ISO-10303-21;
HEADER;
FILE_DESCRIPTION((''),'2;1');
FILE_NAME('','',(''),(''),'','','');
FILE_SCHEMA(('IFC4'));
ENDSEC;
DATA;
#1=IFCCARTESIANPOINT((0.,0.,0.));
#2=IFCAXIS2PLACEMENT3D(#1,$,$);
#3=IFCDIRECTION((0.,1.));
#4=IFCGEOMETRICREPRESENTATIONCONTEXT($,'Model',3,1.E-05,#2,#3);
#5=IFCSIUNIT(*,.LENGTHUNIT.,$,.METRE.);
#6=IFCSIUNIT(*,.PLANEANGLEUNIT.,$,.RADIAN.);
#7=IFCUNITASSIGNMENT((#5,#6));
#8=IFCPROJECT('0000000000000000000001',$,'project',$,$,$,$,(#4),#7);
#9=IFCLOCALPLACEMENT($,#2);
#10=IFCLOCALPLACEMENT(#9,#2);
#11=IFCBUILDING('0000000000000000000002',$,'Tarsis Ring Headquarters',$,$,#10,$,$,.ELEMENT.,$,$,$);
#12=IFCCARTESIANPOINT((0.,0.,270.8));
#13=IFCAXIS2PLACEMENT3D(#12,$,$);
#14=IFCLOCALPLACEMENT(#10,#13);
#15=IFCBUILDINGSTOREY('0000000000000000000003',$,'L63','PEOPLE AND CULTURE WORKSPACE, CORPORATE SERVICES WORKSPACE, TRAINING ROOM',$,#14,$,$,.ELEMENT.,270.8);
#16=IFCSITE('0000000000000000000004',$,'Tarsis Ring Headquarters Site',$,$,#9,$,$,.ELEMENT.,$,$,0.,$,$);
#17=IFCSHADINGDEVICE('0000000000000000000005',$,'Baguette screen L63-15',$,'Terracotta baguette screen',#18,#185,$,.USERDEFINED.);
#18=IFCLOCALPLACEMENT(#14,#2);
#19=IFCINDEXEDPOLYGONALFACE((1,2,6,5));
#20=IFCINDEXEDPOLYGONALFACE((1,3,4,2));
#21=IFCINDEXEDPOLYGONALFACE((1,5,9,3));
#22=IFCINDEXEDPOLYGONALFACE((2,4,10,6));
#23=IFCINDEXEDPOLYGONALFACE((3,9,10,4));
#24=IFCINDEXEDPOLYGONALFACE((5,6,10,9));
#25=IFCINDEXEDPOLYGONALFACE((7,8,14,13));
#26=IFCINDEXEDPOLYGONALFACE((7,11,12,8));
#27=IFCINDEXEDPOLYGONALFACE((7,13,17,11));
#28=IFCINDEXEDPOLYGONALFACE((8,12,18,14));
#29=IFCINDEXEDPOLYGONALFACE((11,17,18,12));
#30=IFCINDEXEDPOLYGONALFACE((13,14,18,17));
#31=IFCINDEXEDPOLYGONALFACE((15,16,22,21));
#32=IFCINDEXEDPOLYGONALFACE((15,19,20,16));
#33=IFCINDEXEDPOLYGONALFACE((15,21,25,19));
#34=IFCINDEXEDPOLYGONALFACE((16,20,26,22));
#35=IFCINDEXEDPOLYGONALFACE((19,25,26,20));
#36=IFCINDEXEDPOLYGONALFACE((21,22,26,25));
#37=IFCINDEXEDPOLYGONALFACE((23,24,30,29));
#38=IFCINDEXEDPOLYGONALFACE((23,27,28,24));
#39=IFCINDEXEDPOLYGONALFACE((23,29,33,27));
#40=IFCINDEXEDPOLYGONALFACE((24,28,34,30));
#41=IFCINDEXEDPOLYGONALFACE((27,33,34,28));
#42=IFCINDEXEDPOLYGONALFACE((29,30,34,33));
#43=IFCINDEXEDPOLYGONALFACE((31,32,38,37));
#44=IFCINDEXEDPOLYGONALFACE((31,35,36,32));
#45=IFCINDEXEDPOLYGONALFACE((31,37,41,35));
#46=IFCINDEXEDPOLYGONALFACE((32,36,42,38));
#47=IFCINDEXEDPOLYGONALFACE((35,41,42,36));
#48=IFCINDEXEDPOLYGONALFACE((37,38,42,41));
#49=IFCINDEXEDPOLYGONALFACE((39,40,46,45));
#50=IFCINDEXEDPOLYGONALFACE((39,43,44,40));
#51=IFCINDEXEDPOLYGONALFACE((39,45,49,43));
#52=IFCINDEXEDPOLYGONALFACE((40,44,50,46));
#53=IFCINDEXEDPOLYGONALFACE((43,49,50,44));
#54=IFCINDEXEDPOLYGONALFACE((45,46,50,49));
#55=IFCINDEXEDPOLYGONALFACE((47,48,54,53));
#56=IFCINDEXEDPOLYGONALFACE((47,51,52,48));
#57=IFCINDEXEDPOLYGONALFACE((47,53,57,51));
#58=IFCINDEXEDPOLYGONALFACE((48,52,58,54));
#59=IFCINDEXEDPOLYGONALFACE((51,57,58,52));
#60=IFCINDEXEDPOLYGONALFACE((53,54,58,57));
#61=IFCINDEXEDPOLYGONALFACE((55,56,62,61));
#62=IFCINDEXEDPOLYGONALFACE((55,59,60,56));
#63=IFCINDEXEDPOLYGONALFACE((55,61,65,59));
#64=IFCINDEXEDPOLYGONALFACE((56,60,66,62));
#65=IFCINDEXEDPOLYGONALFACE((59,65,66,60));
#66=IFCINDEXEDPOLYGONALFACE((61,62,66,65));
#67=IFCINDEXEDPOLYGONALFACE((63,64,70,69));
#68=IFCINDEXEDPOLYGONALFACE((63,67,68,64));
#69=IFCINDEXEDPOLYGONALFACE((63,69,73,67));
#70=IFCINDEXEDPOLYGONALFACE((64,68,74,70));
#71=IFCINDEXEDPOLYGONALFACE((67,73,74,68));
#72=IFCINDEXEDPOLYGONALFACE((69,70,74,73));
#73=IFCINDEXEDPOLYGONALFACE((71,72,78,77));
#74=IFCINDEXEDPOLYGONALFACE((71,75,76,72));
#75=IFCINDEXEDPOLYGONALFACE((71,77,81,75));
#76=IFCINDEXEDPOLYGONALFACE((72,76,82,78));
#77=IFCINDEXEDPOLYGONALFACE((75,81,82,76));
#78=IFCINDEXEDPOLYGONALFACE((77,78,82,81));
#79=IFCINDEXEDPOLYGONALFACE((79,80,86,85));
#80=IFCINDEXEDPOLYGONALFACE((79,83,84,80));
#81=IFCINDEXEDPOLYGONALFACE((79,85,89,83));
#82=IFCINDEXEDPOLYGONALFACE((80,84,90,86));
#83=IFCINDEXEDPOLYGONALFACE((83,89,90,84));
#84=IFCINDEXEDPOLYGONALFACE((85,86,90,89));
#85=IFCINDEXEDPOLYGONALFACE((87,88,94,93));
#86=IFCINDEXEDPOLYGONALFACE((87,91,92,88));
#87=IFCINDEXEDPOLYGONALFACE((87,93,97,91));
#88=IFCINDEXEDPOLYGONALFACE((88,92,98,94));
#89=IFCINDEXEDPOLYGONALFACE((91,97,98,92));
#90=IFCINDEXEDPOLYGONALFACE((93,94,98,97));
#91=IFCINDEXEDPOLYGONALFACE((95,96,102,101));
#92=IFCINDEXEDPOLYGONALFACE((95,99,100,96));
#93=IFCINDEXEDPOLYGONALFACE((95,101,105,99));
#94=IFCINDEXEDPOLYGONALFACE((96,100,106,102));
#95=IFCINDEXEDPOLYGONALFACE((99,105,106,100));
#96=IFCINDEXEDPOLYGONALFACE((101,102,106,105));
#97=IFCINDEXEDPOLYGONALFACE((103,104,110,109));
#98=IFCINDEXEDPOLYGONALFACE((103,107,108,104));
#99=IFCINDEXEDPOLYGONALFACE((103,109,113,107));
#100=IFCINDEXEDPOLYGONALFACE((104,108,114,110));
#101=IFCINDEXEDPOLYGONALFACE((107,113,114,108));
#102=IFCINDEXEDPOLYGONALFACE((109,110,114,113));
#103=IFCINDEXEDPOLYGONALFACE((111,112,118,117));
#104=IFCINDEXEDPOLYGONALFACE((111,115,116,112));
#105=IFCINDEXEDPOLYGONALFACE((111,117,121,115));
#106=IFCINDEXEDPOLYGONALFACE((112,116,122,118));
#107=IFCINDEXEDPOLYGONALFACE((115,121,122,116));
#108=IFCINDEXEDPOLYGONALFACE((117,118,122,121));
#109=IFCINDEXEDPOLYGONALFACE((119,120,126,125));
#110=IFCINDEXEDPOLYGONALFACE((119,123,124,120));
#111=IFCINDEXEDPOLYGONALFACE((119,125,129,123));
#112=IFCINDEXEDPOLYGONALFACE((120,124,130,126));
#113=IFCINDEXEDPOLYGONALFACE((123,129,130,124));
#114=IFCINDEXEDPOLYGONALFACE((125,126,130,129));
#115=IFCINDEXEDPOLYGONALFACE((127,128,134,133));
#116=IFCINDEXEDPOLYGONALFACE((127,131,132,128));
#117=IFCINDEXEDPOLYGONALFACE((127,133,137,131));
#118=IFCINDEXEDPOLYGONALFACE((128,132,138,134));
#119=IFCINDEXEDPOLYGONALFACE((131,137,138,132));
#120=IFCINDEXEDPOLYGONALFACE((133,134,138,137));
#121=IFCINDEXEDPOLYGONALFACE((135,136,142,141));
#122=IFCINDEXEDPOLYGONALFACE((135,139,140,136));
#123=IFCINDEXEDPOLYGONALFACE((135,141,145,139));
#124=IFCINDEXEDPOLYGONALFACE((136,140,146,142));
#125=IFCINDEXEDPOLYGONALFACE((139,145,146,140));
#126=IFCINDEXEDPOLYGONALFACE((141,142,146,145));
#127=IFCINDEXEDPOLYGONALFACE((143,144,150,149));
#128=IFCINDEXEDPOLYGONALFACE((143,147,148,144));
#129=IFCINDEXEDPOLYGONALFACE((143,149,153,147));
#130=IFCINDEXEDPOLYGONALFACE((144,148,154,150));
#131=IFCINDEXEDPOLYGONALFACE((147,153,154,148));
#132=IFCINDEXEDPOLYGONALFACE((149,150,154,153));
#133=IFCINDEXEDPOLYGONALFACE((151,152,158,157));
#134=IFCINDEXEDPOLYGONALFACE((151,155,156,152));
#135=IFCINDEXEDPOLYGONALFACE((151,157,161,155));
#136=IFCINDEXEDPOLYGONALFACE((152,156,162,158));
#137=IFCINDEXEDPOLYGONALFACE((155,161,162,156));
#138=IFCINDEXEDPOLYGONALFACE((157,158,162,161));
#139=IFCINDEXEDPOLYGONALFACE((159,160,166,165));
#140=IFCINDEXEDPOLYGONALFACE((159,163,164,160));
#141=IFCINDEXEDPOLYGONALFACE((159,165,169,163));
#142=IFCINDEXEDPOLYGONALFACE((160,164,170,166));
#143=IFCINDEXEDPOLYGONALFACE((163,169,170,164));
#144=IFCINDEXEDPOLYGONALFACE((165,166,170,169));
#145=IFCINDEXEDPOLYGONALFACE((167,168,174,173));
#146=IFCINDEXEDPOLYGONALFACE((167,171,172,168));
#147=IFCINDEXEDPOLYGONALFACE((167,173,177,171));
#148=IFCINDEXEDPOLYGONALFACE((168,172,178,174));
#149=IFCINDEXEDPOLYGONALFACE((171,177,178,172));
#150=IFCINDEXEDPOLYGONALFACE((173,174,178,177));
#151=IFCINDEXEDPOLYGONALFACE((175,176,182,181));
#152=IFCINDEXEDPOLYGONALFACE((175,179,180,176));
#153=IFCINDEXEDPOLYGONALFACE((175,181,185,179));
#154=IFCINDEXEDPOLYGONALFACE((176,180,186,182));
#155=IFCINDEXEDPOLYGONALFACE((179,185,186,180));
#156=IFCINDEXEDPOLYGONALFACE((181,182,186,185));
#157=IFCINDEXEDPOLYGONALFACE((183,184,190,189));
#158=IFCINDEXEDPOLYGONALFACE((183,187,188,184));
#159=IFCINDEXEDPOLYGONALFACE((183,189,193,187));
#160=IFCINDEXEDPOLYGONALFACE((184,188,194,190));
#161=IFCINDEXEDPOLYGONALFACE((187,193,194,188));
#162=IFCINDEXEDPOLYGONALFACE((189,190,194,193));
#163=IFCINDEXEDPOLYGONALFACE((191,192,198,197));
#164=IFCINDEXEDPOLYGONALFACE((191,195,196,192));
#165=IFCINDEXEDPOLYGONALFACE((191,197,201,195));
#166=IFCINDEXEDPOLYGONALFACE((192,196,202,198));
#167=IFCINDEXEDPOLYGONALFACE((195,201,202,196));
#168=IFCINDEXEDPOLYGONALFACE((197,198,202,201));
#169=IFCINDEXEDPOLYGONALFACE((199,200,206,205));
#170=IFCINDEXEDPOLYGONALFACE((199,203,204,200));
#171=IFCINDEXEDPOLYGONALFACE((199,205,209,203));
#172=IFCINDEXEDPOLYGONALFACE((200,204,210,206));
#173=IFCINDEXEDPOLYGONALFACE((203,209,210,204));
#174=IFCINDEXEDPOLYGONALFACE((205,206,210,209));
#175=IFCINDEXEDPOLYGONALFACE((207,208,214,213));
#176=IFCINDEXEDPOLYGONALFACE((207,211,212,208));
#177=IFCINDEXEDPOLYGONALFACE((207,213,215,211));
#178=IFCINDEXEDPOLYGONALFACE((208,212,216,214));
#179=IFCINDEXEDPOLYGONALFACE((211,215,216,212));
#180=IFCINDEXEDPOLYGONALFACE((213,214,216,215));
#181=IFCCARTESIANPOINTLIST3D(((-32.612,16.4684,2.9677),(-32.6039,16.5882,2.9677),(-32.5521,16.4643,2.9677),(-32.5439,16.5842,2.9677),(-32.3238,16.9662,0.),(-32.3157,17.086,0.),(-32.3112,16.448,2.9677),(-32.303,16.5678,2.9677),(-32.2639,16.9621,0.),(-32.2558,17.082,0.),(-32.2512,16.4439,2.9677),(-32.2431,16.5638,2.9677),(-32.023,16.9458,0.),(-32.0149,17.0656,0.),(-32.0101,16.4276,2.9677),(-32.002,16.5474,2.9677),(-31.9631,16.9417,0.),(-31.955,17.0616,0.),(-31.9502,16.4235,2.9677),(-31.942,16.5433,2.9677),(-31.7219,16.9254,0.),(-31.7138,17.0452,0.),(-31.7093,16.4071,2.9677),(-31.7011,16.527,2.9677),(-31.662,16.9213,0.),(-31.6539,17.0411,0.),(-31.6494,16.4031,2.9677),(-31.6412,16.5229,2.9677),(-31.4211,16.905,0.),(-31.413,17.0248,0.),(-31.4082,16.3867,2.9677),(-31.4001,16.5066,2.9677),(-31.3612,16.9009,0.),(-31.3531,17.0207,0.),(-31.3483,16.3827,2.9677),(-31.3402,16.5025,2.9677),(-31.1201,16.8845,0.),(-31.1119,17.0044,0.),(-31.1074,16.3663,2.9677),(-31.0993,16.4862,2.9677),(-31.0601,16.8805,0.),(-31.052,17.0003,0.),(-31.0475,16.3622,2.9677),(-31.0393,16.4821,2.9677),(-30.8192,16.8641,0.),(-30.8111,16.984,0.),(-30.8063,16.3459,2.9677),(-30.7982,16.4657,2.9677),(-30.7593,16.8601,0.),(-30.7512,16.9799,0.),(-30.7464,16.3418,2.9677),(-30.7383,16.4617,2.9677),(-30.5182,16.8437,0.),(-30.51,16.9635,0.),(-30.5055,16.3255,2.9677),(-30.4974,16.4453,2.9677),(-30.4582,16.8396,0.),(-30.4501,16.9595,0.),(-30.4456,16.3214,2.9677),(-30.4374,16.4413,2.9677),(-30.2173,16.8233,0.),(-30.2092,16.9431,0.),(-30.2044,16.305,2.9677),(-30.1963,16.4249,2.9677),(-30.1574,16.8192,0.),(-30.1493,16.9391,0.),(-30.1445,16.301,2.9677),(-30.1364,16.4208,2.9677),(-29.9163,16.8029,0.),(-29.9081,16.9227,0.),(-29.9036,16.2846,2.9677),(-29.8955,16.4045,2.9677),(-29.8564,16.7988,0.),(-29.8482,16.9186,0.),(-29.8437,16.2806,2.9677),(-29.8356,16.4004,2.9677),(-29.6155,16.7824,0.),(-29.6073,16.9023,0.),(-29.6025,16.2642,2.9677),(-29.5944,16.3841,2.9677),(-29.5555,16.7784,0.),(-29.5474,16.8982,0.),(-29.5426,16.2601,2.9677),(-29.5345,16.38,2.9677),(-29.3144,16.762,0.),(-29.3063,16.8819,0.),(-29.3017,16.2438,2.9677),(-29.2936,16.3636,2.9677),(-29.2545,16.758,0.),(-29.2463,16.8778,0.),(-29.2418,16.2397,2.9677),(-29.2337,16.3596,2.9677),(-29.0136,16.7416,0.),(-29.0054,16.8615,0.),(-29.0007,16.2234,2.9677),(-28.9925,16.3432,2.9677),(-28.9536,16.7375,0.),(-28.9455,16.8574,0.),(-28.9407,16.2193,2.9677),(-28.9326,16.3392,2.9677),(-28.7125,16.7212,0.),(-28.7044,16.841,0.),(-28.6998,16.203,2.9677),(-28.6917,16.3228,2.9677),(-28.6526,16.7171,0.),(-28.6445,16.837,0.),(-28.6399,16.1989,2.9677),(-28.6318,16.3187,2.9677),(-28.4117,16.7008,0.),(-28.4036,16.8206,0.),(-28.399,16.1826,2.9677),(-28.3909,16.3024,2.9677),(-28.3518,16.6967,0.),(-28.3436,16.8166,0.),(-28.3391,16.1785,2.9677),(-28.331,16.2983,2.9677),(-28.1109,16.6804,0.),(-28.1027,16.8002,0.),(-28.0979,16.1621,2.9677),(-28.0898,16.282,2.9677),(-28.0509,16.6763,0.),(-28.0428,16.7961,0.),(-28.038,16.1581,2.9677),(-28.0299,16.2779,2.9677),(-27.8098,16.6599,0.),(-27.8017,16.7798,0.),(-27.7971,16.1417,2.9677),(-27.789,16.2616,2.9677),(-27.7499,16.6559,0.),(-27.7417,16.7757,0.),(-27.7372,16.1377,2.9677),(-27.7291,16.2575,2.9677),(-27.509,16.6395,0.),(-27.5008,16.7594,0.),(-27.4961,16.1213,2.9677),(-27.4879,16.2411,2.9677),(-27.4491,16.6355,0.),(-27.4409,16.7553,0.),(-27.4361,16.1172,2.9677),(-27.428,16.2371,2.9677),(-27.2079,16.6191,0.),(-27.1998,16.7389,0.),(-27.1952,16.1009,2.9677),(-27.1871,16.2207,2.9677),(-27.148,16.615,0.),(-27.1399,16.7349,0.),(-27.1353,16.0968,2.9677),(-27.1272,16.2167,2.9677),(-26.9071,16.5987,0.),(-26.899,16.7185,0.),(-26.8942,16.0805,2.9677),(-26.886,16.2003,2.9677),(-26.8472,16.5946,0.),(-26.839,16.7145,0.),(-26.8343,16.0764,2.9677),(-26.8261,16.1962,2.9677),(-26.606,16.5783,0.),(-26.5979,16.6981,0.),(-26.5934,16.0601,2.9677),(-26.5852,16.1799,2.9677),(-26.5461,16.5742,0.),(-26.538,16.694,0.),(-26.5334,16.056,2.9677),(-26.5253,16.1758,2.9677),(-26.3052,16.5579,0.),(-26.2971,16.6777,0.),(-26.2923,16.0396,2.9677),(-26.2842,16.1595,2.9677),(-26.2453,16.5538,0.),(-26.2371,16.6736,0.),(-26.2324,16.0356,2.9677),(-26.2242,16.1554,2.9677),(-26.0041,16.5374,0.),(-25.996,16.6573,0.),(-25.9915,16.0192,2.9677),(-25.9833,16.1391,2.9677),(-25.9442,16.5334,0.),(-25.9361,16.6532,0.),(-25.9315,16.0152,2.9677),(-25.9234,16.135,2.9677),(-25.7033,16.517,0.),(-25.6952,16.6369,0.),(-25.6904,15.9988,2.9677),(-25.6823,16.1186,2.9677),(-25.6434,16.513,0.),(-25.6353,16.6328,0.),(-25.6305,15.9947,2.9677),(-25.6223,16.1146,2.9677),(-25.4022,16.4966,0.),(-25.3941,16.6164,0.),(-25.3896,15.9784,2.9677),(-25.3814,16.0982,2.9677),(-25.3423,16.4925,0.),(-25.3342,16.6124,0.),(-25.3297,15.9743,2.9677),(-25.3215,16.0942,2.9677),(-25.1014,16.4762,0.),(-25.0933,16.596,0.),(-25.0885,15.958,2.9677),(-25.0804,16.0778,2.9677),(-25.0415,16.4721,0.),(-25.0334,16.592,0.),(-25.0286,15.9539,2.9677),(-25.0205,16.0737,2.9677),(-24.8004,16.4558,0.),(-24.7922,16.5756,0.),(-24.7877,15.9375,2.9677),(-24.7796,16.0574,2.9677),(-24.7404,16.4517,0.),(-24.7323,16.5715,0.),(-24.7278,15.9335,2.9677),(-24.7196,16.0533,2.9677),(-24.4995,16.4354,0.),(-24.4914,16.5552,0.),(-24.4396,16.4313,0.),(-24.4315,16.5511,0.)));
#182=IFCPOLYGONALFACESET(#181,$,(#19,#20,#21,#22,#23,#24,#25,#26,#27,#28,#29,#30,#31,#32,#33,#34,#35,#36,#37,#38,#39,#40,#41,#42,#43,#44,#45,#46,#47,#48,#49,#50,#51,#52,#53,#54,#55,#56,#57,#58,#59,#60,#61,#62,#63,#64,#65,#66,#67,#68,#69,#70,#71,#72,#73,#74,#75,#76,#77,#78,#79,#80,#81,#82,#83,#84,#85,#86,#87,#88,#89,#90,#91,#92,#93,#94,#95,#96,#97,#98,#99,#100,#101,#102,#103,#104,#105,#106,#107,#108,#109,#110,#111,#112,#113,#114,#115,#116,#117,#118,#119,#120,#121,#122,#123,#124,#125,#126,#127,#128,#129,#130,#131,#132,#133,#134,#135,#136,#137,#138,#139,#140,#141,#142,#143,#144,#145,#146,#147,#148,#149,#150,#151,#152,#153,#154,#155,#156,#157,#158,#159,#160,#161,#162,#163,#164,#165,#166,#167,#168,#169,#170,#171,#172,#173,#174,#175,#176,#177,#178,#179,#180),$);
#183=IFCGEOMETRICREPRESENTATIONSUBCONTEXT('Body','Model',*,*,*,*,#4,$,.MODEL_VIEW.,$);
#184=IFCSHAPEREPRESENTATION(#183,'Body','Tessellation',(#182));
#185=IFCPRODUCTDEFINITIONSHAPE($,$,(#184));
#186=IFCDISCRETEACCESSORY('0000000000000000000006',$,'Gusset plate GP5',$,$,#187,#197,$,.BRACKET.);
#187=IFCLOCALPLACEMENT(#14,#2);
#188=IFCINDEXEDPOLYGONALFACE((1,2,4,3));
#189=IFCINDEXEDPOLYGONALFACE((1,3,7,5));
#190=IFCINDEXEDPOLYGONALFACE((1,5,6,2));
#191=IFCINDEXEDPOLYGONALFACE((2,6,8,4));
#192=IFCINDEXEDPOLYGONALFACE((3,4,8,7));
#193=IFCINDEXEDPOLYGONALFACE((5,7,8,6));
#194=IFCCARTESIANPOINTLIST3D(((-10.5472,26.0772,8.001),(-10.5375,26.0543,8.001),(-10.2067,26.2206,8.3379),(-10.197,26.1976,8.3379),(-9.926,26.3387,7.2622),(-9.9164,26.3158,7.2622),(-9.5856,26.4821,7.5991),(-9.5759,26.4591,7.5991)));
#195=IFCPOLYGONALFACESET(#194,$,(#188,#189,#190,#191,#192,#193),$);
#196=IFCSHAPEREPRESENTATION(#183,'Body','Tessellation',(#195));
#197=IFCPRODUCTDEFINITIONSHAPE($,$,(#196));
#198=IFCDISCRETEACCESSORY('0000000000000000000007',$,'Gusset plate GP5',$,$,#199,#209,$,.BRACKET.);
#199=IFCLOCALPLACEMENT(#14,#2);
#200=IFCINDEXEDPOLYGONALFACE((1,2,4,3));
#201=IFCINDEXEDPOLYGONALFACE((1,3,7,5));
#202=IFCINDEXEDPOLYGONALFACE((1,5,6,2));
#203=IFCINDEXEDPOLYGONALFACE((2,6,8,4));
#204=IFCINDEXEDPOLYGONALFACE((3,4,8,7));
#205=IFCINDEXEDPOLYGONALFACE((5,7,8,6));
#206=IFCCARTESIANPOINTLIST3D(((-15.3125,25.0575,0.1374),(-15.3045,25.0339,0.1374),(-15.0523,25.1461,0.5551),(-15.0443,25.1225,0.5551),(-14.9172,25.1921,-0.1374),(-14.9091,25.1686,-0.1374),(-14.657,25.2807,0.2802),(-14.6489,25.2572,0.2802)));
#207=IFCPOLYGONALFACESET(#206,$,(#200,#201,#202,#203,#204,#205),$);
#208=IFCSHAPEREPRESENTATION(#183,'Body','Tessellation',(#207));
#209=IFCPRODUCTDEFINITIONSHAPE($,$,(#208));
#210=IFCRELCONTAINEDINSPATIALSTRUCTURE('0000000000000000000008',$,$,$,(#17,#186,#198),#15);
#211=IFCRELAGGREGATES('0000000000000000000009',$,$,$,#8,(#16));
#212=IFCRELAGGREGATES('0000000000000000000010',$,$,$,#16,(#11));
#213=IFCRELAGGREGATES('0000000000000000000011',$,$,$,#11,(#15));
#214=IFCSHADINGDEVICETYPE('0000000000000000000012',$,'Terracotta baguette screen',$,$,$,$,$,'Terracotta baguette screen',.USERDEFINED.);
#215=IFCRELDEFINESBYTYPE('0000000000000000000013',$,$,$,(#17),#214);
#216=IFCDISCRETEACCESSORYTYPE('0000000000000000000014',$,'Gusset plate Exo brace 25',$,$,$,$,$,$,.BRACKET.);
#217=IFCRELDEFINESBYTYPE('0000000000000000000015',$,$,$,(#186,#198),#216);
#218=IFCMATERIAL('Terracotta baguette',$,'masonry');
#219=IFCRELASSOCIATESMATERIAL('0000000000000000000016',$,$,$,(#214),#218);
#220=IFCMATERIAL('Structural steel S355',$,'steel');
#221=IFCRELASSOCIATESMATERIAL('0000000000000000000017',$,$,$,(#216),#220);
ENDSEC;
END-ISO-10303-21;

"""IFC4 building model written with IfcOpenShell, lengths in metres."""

from ifc_helpers import new_model, si_unit, direction, frame, frame_2d, origin, origin_2d, place, context, subcontext, project, spatial, rectangle, composite_profile, extrude, material, material_profile, profile_set, type_object, element, save


model = new_model("IFC4")

# Units and contexts
model_context = context("Model", 3, precision=1e-05, world=origin(), true_north=direction((0.0, 1.0)))
body_context = subcontext(model_context, "Body", "Model", "MODEL_VIEW")
ifc_project = project(units=[si_unit("LENGTHUNIT", "METRE"), si_unit("PLANEANGLEUNIT", "RADIAN")], contexts=[model_context])

# Site, building, storey
site_placement = place(None, origin())
site = spatial("IfcSite", under=ifc_project, at=site_placement, Name="Tarsis Ring Headquarters Site", CompositionType="ELEMENT", RefElevation=0.0)
building_placement = place(site_placement, origin())
building = spatial("IfcBuilding", under=site, at=building_placement, Name="Tarsis Ring Headquarters", CompositionType="ELEMENT")
storey_placement = place(building_placement, frame((0.0, 0.0, 270.8)))
storey = spatial("IfcBuildingStorey", under=building, at=storey_placement, Name="L63", Description="PEOPLE AND CULTURE WORKSPACE, CORPORATE SERVICES WORKSPACE, TRAINING ROOM", CompositionType="ELEMENT", Elevation=270.8)

# Shared definitions
ifc_material_1 = material(Name="Structural steel S355", Category="steel")

# Shading device
ifc_material_2 = material(Name="Terracotta baguette", Category="masonry")
shading_device_type = type_object("IfcShadingDeviceType", Name="Terracotta baguette screen", ElementType="Terracotta baguette screen", PredefinedType="USERDEFINED", material=ifc_material_2)
shading_device_1_placement = place(storey_placement, frame((-24.4355, 16.4912, 0.0), z_axis=(0.0, 0.0, 1.0), x_axis=(-0.997714, 0.06769, 0.0)))
element("IfcShadingDevice", 1, at=shading_device_1_placement, inside=storey, type_object=shading_device_type, Name="Baguette screen L63-15", ObjectType="Terracotta baguette screen", PredefinedType="USERDEFINED", context=body_context, shape_type="SweptSolid", body=[
    extrude(composite_profile([rectangle(XDim=0.0601, YDim=0.1201, at=frame_2d((0.03, 0.0))), rectangle(XDim=0.0601, YDim=0.1201, at=frame_2d((0.3315, 0.0))), rectangle(XDim=0.0601, YDim=0.1201, at=frame_2d((0.6333, 0.0))), rectangle(XDim=0.0601, YDim=0.1201, at=frame_2d((0.9348, 0.0))), rectangle(XDim=0.0601, YDim=0.1201, at=frame_2d((1.2366, 0.0))), rectangle(XDim=0.0601, YDim=0.1201, at=frame_2d((1.5381, 0.0))), rectangle(XDim=0.0601, YDim=0.1201, at=frame_2d((1.8398, 0.0))), rectangle(XDim=0.0601, YDim=0.1201, at=frame_2d((2.1414, 0.0))), rectangle(XDim=0.0601, YDim=0.1201, at=frame_2d((2.4431, 0.0))), rectangle(XDim=0.0601, YDim=0.1201, at=frame_2d((2.7446, 0.0))), rectangle(XDim=0.0601, YDim=0.1201, at=frame_2d((3.0464, 0.0))), rectangle(XDim=0.0601, YDim=0.1201, at=frame_2d((3.3479, 0.0))), rectangle(XDim=0.0601, YDim=0.1201, at=frame_2d((3.6497, 0.0))), rectangle(XDim=0.0601, YDim=0.1201, at=frame_2d((3.9512, 0.0))), rectangle(XDim=0.0601, YDim=0.1201, at=frame_2d((4.2527, 0.0))), rectangle(XDim=0.0601, YDim=0.1201, at=frame_2d((4.5544, 0.0))), rectangle(XDim=0.0601, YDim=0.1201, at=frame_2d((4.856, 0.0))), rectangle(XDim=0.0601, YDim=0.1201, at=frame_2d((5.1577, 0.0))), rectangle(XDim=0.0601, YDim=0.1201, at=frame_2d((5.4592, 0.0))), rectangle(XDim=0.0601, YDim=0.1201, at=frame_2d((5.761, 0.0))), rectangle(XDim=0.0601, YDim=0.1201, at=frame_2d((6.0625, 0.0))), rectangle(XDim=0.0601, YDim=0.1201, at=frame_2d((6.3643, 0.0))), rectangle(XDim=0.0601, YDim=0.1201, at=frame_2d((6.6658, 0.0))), rectangle(XDim=0.0601, YDim=0.1201, at=frame_2d((6.9675, 0.0))), rectangle(XDim=0.0601, YDim=0.1201, at=frame_2d((7.269, 0.0))), rectangle(XDim=0.0601, YDim=0.1201, at=frame_2d((7.5708, 0.0))), rectangle(XDim=0.0601, YDim=0.1201, at=frame_2d((7.8723, 0.0)))]), origin(), (0.083957, 0.170751, 0.981731), 3.0229),
])

# Discrete accessories
ifc_material_profile_1 = material_profile(ifc_material_1, rectangle(XDim=0.0249, YDim=0.5, at=origin_2d()), Name="PL 25x500")
ifc_profile_set_1 = profile_set([ifc_material_profile_1], Name="Structural steel S355")
discrete_accessory_type = type_object("IfcDiscreteAccessoryType", Name="Gusset plate Exo brace 25", PredefinedType="BRACKET", material=ifc_profile_set_1)
discrete_accessory_1_placement = place(storey_placement, frame((-9.751, 26.3989, 7.4307), z_axis=(-0.621123, -0.261487, 0.738804), x_axis=(0.388008, -0.921656, 0.0)))
element("IfcDiscreteAccessory", 2, at=discrete_accessory_1_placement, inside=storey, type_object=discrete_accessory_type, Name="Gusset plate GP5", PredefinedType="BRACKET", context=body_context, shape_type="SweptSolid", body=[
    extrude(rectangle(XDim=0.0249, YDim=0.5, at=origin_2d()), origin(), (0.0, 0.0, 1.0), 1.0),
])
discrete_accessory_2_placement = place(storey_placement, frame((-15.1108, 25.113, 0.0), z_axis=(0.520425, 0.177218, 0.835316), x_axis=(-0.322348, 0.946621, 0.0)))
element("IfcDiscreteAccessory", 3, at=discrete_accessory_2_placement, inside=storey, type_object=discrete_accessory_type, Name="Gusset plate GP5", PredefinedType="BRACKET", context=body_context, shape_type="SweptSolid", body=[
    extrude(rectangle(XDim=0.0249, YDim=0.5, at=origin_2d()), origin(), (0.0, 0.0, 1.0), 0.5),
])

save(model, "model.ifc")
